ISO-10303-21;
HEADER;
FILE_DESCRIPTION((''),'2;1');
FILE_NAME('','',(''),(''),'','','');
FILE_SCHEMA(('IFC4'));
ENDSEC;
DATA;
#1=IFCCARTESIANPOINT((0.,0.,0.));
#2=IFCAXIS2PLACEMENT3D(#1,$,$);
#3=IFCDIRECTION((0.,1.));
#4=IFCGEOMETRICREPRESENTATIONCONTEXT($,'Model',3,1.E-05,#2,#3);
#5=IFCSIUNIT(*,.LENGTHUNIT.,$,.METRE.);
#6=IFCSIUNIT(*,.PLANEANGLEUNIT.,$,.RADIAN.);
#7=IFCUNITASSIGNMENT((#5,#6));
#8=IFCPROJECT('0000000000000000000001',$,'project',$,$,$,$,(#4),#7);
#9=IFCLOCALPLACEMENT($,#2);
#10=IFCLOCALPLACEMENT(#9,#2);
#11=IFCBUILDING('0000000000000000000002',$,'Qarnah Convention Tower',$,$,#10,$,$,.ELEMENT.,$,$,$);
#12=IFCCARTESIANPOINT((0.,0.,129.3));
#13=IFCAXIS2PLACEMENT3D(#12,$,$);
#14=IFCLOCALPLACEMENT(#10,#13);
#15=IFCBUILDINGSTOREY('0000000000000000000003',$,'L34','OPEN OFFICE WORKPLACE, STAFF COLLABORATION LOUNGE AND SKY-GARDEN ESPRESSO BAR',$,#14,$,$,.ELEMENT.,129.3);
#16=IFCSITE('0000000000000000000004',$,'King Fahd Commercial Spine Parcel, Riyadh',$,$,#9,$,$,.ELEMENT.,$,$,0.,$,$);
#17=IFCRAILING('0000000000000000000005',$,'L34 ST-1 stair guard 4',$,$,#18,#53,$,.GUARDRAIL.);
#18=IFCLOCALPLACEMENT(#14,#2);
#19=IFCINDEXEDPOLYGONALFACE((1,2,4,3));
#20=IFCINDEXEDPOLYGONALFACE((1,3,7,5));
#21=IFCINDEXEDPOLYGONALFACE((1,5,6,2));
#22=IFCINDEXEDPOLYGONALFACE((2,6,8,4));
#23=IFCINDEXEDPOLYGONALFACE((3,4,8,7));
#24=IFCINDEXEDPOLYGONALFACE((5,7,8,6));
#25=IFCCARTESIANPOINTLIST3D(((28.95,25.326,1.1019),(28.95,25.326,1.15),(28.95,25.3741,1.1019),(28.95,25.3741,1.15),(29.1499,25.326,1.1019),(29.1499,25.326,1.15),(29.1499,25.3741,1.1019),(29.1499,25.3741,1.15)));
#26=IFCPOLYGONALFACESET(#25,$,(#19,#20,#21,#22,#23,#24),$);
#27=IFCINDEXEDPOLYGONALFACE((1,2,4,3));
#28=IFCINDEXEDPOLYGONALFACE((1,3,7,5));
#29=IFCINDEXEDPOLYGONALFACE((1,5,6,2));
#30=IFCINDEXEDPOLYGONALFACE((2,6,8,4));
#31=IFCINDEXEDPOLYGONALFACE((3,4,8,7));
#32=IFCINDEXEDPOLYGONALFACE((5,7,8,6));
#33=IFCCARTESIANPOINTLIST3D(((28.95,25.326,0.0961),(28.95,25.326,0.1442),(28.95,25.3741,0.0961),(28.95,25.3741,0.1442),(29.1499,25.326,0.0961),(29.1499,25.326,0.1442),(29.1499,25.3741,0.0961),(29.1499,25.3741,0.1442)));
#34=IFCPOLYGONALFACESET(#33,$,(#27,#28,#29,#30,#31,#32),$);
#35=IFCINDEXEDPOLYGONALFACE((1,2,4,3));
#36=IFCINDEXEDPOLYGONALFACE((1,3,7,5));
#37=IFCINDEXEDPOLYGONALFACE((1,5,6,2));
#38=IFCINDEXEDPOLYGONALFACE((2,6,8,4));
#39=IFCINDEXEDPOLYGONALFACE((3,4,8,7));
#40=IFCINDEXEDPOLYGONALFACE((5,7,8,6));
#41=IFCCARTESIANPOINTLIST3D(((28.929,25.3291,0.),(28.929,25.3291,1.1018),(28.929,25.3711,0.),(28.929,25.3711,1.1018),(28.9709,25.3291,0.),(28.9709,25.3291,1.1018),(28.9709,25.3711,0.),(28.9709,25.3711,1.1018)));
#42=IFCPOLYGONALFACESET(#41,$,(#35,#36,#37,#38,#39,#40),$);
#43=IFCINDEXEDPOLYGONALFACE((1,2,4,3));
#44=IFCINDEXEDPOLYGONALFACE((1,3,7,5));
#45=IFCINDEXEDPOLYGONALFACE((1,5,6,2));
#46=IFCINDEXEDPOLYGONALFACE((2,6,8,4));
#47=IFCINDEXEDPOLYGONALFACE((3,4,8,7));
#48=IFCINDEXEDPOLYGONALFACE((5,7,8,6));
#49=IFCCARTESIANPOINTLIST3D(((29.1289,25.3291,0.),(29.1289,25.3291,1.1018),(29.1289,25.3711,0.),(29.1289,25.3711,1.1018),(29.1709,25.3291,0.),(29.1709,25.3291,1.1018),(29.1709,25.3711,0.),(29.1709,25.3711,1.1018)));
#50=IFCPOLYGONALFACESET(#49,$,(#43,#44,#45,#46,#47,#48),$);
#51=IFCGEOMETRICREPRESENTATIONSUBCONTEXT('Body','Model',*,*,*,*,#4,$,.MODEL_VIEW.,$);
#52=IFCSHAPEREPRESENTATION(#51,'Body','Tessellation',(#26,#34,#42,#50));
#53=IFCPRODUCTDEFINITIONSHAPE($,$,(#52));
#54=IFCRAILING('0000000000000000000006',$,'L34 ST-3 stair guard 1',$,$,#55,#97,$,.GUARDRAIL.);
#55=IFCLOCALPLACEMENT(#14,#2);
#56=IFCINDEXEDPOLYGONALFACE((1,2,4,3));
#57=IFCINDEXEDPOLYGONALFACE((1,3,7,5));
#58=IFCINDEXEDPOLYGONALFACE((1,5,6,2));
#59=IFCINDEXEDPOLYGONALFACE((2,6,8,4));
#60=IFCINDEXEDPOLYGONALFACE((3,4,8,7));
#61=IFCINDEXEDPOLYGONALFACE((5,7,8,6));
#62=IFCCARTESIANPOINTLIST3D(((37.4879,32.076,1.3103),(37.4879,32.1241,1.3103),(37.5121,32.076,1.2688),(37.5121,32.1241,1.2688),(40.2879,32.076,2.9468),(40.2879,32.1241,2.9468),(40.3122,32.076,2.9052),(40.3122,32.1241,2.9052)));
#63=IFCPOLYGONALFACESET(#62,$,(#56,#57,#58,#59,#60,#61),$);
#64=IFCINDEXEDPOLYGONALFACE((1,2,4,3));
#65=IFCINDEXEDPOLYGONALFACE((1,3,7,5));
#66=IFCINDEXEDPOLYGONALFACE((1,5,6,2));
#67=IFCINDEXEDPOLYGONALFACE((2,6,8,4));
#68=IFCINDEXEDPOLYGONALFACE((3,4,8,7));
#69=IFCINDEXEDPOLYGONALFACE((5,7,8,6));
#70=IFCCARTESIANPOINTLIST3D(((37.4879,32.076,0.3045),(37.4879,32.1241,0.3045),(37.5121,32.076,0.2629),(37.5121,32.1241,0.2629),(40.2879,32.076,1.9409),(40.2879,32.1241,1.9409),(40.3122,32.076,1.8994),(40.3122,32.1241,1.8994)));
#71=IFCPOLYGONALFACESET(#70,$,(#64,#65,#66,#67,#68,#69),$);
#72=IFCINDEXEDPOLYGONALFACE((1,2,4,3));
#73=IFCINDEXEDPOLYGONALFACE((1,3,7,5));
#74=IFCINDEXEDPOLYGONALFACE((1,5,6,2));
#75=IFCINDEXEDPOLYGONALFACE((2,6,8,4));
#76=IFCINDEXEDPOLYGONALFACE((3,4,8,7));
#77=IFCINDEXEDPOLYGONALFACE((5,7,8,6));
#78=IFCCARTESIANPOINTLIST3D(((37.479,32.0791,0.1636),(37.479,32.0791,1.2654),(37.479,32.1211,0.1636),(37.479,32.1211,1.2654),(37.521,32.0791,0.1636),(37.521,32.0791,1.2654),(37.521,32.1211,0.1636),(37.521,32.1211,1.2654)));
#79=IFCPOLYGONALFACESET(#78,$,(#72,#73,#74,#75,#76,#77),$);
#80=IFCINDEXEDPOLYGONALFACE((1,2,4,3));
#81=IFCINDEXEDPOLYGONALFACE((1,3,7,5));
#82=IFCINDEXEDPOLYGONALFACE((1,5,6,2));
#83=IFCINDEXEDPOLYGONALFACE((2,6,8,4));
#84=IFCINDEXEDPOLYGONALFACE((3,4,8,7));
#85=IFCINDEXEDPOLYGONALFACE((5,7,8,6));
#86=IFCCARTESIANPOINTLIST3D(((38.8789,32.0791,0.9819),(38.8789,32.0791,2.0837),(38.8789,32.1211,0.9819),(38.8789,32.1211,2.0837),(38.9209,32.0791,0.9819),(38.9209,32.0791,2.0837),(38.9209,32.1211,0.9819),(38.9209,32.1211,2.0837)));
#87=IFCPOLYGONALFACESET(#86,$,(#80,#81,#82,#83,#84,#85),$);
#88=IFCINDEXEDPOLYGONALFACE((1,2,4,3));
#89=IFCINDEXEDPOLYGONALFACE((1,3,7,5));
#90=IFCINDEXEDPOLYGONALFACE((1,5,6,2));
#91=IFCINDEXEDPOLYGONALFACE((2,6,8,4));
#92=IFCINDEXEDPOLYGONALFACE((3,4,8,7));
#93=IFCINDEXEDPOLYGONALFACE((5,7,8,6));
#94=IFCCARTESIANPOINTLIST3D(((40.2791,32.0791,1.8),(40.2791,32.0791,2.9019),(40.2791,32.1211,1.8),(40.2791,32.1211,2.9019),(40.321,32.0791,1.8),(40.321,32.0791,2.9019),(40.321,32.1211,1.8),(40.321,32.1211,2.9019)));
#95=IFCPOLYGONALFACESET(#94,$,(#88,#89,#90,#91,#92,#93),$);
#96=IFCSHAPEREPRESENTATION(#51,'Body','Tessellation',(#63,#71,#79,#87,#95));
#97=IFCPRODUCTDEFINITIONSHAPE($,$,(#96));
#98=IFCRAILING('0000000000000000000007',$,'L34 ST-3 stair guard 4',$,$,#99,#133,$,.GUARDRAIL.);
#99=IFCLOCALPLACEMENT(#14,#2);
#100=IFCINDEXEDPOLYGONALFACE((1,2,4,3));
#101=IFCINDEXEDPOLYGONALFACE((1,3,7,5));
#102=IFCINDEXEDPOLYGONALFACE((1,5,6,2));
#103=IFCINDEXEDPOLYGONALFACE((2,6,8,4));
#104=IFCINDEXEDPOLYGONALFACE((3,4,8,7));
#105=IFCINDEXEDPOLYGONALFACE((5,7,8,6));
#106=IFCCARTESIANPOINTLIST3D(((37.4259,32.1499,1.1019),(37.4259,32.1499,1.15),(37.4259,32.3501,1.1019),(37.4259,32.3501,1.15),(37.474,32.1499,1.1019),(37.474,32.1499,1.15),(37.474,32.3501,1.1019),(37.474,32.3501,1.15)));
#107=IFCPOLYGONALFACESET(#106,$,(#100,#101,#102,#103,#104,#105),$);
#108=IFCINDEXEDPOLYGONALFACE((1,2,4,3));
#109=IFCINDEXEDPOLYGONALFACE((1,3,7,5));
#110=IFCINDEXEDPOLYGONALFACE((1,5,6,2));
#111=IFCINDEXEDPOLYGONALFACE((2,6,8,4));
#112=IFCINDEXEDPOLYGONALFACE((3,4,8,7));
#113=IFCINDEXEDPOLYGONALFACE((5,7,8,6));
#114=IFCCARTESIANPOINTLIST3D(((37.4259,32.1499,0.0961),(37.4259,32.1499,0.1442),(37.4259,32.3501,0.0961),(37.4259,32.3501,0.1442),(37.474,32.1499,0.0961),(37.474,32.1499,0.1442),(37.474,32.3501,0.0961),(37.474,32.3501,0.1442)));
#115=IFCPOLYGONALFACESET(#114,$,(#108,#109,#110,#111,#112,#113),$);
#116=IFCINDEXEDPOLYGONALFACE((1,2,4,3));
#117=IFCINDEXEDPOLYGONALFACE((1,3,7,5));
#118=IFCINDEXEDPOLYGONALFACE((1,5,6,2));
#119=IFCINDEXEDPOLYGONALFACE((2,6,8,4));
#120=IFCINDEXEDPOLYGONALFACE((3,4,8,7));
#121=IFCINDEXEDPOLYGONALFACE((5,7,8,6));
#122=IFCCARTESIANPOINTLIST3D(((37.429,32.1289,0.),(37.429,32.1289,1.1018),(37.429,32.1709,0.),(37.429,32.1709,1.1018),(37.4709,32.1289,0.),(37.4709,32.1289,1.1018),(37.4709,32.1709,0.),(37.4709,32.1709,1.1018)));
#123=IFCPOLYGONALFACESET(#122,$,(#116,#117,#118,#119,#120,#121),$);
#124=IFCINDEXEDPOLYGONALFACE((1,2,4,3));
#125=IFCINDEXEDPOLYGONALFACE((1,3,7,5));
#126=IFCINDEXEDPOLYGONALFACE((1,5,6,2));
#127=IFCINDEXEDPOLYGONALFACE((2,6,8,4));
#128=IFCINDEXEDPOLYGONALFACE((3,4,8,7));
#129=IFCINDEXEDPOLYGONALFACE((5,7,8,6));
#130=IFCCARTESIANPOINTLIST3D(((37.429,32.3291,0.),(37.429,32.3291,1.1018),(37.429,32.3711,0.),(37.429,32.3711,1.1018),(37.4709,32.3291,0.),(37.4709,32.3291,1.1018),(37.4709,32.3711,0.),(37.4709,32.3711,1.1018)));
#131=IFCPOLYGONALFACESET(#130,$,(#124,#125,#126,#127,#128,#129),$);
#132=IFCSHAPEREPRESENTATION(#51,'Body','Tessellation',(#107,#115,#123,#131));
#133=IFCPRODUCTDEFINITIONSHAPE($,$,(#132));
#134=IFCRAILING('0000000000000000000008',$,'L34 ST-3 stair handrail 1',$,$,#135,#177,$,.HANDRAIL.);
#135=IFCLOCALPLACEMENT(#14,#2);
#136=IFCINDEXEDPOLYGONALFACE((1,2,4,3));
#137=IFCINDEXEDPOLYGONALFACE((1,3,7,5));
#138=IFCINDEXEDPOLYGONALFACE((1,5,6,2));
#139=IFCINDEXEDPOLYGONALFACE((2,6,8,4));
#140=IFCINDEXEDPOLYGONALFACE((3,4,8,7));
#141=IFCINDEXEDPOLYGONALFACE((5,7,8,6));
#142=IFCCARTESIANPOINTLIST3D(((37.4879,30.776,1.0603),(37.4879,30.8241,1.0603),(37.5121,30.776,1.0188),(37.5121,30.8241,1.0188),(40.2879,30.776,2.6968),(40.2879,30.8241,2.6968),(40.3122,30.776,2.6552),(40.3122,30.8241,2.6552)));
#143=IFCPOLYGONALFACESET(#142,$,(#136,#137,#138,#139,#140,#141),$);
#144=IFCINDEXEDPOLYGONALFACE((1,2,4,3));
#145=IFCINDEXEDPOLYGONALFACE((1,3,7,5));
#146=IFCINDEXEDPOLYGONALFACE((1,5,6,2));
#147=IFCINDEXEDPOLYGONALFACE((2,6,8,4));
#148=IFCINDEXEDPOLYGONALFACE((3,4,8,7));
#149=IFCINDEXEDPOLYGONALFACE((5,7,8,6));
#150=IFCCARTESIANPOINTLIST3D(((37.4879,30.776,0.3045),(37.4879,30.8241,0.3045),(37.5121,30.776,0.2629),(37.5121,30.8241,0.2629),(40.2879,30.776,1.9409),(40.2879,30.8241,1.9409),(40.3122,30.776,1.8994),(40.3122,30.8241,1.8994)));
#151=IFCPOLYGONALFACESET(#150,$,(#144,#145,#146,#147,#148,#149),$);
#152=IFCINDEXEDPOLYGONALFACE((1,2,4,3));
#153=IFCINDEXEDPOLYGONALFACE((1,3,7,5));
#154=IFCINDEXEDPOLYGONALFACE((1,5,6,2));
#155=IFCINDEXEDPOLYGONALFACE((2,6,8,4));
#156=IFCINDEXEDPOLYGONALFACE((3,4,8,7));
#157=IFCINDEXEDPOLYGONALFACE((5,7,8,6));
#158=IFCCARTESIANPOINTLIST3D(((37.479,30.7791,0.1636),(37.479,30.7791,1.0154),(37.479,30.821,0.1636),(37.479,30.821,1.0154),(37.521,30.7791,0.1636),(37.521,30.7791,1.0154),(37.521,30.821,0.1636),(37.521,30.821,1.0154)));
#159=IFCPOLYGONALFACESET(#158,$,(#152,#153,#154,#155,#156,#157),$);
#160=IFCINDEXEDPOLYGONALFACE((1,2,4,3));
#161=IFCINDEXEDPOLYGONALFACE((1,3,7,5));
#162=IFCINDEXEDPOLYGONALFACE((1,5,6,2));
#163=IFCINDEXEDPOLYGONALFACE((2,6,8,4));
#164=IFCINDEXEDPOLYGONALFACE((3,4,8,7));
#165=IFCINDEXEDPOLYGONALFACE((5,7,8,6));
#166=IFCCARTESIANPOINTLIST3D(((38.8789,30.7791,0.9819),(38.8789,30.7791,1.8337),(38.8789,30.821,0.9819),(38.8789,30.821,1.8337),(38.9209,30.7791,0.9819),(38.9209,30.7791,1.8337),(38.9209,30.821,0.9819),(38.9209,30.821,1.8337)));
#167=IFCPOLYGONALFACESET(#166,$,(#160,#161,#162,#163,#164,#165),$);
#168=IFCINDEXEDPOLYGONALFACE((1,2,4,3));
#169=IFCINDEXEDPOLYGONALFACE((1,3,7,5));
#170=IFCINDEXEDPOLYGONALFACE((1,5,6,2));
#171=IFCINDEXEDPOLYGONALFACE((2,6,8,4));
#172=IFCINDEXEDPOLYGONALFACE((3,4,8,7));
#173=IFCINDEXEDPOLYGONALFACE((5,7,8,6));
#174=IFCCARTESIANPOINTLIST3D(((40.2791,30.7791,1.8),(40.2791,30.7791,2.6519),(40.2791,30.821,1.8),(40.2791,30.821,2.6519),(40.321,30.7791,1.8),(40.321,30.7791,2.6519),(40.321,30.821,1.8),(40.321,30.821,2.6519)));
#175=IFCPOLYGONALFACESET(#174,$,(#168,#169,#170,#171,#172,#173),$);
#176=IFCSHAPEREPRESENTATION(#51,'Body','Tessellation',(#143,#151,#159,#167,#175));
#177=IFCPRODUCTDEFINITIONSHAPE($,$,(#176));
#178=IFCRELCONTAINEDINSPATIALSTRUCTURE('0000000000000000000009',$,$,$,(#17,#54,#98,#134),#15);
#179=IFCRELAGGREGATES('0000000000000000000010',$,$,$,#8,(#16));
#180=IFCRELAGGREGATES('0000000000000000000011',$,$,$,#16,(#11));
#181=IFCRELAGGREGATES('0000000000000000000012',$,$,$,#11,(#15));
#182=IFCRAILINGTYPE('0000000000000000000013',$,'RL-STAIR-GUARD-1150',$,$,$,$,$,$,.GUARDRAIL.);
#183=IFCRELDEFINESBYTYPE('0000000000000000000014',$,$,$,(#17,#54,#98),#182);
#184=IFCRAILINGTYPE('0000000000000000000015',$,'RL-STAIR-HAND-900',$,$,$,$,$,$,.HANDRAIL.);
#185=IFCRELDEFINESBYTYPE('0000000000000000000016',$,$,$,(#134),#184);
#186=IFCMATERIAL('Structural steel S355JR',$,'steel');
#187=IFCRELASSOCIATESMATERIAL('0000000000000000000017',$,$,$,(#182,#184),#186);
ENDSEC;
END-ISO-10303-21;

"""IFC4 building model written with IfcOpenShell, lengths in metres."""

from ifc_helpers import new_model, si_unit, direction, frame, origin, origin_2d, place, context, subcontext, project, spatial, rectangle, extrude, material, type_object, element, save


model = new_model("IFC4")

# Units and contexts
model_context = context("Model", 3, precision=1e-05, world=origin(), true_north=direction((0.0, 1.0)))
body_context = subcontext(model_context, "Body", "Model", "MODEL_VIEW")
ifc_project = project(units=[si_unit("LENGTHUNIT", "METRE"), si_unit("PLANEANGLEUNIT", "RADIAN")], contexts=[model_context])

# Site, building, storey
site_placement = place(None, origin())
site = spatial("IfcSite", under=ifc_project, at=site_placement, Name="King Fahd Commercial Spine Parcel, Riyadh", CompositionType="ELEMENT", RefElevation=0.0)
building_placement = place(site_placement, origin())
building = spatial("IfcBuilding", under=site, at=building_placement, Name="Qarnah Convention Tower", CompositionType="ELEMENT")
storey_placement = place(building_placement, frame((0.0, 0.0, 129.3)))
storey = spatial("IfcBuildingStorey", under=building, at=storey_placement, Name="L34", Description="OPEN OFFICE WORKPLACE, STAFF COLLABORATION LOUNGE AND SKY-GARDEN ESPRESSO BAR", CompositionType="ELEMENT", Elevation=129.3)

# Shared definitions
ifc_material_1 = material(Name="Structural steel S355JR", Category="steel")

# Railings
railing_type_1 = type_object("IfcRailingType", Name="RL-STAIR-GUARD-1150", PredefinedType="GUARDRAIL", material=ifc_material_1)
railing_1_placement = place(storey_placement, frame((28.95, 25.3501, 0.0)))
element("IfcRailing", 1, at=railing_1_placement, inside=storey, type_object=railing_type_1, Name="L34 ST-1 stair guard 4", PredefinedType="GUARDRAIL", context=body_context, shape_type="SweptSolid", body=[
    extrude(rectangle(XDim=0.0481, YDim=0.0481, at=origin_2d()), frame((0.0, 0.0, 1.126), z_axis=(1.0, 0.0, 0.0), x_axis=(0.0, 1.0, 0.0)), (0.0, 0.0, 1.0), 0.2),
    extrude(rectangle(XDim=0.0481, YDim=0.0481, at=origin_2d()), frame((0.0, 0.0, 0.1201), z_axis=(1.0, 0.0, 0.0), x_axis=(0.0, 1.0, 0.0)), (0.0, 0.0, 1.0), 0.2),
    extrude(rectangle(XDim=0.042, YDim=0.042, at=origin_2d()), origin(), (0.0, 0.0, 1.0), 1.1018),
    extrude(rectangle(XDim=0.042, YDim=0.042, at=origin_2d()), frame((0.2, 0.0, 0.0)), (0.0, 0.0, 1.0), 1.1018),
])
railing_2_placement = place(storey_placement, frame((37.5, 32.1001, 0.1636)))
element("IfcRailing", 2, at=railing_2_placement, inside=storey, type_object=railing_type_1, Name="L34 ST-3 stair guard 1", PredefinedType="GUARDRAIL", context=body_context, shape_type="SweptSolid", body=[
    extrude(rectangle(XDim=0.0481, YDim=0.0481, at=origin_2d()), frame((0.0, 0.0, 1.126), z_axis=(0.863361, 0.0, 0.504587), x_axis=(0.0, 1.0, 0.0)), (0.0, 0.0, 1.0), 3.2432),
    extrude(rectangle(XDim=0.0481, YDim=0.0481, at=origin_2d()), frame((0.0, 0.0, 0.1201), z_axis=(0.863361, 0.0, 0.504587), x_axis=(0.0, 1.0, 0.0)), (0.0, 0.0, 1.0), 3.2432),
    extrude(rectangle(XDim=0.042, YDim=0.042, at=origin_2d()), origin(), (0.0, 0.0, 1.0), 1.1018),
    extrude(rectangle(XDim=0.042, YDim=0.042, at=origin_2d()), frame((1.3999, 0.0, 0.8184)), (0.0, 0.0, 1.0), 1.1018),
    extrude(rectangle(XDim=0.042, YDim=0.042, at=origin_2d()), frame((2.8, 0.0, 1.6365)), (0.0, 0.0, 1.0), 1.1018),
])
railing_3_placement = place(storey_placement, frame((37.45, 32.1499, 0.0)))
element("IfcRailing", 3, at=railing_3_placement, inside=storey, type_object=railing_type_1, Name="L34 ST-3 stair guard 4", PredefinedType="GUARDRAIL", context=body_context, shape_type="SweptSolid", body=[
    extrude(rectangle(XDim=0.0481, YDim=0.0481, at=origin_2d()), frame((0.0, 0.0, 1.126), z_axis=(0.0, 1.0, 0.0), x_axis=(-1.0, 0.0, 0.0)), (0.0, 0.0, 1.0), 0.2002),
    extrude(rectangle(XDim=0.0481, YDim=0.0481, at=origin_2d()), frame((0.0, 0.0, 0.1201), z_axis=(0.0, 1.0, 0.0), x_axis=(-1.0, 0.0, 0.0)), (0.0, 0.0, 1.0), 0.2002),
    extrude(rectangle(XDim=0.042, YDim=0.042, at=origin_2d()), origin(), (0.0, 0.0, 1.0), 1.1018),
    extrude(rectangle(XDim=0.042, YDim=0.042, at=origin_2d()), frame((0.0, 0.2002, 0.0)), (0.0, 0.0, 1.0), 1.1018),
])
railing_type_2 = type_object("IfcRailingType", Name="RL-STAIR-HAND-900", PredefinedType="HANDRAIL", material=ifc_material_1)
railing_4_placement = place(storey_placement, frame((37.5, 30.8, 0.1636)))
element("IfcRailing", 4, at=railing_4_placement, inside=storey, type_object=railing_type_2, Name="L34 ST-3 stair handrail 1", PredefinedType="HANDRAIL", context=body_context, shape_type="SweptSolid", body=[
    extrude(rectangle(XDim=0.0481, YDim=0.0481, at=origin_2d()), frame((0.0, 0.0, 0.876), z_axis=(0.863361, 0.0, 0.504587), x_axis=(0.0, 1.0, 0.0)), (0.0, 0.0, 1.0), 3.2432),
    extrude(rectangle(XDim=0.0481, YDim=0.0481, at=origin_2d()), frame((0.0, 0.0, 0.1201), z_axis=(0.863361, 0.0, 0.504587), x_axis=(0.0, 1.0, 0.0)), (0.0, 0.0, 1.0), 3.2432),
    extrude(rectangle(XDim=0.042, YDim=0.042, at=origin_2d()), origin(), (0.0, 0.0, 1.0), 0.8518),
    extrude(rectangle(XDim=0.042, YDim=0.042, at=origin_2d()), frame((1.3999, 0.0, 0.8184)), (0.0, 0.0, 1.0), 0.8518),
    extrude(rectangle(XDim=0.042, YDim=0.042, at=origin_2d()), frame((2.8, 0.0, 1.6365)), (0.0, 0.0, 1.0), 0.8518),
])

save(model, "model.ifc")
